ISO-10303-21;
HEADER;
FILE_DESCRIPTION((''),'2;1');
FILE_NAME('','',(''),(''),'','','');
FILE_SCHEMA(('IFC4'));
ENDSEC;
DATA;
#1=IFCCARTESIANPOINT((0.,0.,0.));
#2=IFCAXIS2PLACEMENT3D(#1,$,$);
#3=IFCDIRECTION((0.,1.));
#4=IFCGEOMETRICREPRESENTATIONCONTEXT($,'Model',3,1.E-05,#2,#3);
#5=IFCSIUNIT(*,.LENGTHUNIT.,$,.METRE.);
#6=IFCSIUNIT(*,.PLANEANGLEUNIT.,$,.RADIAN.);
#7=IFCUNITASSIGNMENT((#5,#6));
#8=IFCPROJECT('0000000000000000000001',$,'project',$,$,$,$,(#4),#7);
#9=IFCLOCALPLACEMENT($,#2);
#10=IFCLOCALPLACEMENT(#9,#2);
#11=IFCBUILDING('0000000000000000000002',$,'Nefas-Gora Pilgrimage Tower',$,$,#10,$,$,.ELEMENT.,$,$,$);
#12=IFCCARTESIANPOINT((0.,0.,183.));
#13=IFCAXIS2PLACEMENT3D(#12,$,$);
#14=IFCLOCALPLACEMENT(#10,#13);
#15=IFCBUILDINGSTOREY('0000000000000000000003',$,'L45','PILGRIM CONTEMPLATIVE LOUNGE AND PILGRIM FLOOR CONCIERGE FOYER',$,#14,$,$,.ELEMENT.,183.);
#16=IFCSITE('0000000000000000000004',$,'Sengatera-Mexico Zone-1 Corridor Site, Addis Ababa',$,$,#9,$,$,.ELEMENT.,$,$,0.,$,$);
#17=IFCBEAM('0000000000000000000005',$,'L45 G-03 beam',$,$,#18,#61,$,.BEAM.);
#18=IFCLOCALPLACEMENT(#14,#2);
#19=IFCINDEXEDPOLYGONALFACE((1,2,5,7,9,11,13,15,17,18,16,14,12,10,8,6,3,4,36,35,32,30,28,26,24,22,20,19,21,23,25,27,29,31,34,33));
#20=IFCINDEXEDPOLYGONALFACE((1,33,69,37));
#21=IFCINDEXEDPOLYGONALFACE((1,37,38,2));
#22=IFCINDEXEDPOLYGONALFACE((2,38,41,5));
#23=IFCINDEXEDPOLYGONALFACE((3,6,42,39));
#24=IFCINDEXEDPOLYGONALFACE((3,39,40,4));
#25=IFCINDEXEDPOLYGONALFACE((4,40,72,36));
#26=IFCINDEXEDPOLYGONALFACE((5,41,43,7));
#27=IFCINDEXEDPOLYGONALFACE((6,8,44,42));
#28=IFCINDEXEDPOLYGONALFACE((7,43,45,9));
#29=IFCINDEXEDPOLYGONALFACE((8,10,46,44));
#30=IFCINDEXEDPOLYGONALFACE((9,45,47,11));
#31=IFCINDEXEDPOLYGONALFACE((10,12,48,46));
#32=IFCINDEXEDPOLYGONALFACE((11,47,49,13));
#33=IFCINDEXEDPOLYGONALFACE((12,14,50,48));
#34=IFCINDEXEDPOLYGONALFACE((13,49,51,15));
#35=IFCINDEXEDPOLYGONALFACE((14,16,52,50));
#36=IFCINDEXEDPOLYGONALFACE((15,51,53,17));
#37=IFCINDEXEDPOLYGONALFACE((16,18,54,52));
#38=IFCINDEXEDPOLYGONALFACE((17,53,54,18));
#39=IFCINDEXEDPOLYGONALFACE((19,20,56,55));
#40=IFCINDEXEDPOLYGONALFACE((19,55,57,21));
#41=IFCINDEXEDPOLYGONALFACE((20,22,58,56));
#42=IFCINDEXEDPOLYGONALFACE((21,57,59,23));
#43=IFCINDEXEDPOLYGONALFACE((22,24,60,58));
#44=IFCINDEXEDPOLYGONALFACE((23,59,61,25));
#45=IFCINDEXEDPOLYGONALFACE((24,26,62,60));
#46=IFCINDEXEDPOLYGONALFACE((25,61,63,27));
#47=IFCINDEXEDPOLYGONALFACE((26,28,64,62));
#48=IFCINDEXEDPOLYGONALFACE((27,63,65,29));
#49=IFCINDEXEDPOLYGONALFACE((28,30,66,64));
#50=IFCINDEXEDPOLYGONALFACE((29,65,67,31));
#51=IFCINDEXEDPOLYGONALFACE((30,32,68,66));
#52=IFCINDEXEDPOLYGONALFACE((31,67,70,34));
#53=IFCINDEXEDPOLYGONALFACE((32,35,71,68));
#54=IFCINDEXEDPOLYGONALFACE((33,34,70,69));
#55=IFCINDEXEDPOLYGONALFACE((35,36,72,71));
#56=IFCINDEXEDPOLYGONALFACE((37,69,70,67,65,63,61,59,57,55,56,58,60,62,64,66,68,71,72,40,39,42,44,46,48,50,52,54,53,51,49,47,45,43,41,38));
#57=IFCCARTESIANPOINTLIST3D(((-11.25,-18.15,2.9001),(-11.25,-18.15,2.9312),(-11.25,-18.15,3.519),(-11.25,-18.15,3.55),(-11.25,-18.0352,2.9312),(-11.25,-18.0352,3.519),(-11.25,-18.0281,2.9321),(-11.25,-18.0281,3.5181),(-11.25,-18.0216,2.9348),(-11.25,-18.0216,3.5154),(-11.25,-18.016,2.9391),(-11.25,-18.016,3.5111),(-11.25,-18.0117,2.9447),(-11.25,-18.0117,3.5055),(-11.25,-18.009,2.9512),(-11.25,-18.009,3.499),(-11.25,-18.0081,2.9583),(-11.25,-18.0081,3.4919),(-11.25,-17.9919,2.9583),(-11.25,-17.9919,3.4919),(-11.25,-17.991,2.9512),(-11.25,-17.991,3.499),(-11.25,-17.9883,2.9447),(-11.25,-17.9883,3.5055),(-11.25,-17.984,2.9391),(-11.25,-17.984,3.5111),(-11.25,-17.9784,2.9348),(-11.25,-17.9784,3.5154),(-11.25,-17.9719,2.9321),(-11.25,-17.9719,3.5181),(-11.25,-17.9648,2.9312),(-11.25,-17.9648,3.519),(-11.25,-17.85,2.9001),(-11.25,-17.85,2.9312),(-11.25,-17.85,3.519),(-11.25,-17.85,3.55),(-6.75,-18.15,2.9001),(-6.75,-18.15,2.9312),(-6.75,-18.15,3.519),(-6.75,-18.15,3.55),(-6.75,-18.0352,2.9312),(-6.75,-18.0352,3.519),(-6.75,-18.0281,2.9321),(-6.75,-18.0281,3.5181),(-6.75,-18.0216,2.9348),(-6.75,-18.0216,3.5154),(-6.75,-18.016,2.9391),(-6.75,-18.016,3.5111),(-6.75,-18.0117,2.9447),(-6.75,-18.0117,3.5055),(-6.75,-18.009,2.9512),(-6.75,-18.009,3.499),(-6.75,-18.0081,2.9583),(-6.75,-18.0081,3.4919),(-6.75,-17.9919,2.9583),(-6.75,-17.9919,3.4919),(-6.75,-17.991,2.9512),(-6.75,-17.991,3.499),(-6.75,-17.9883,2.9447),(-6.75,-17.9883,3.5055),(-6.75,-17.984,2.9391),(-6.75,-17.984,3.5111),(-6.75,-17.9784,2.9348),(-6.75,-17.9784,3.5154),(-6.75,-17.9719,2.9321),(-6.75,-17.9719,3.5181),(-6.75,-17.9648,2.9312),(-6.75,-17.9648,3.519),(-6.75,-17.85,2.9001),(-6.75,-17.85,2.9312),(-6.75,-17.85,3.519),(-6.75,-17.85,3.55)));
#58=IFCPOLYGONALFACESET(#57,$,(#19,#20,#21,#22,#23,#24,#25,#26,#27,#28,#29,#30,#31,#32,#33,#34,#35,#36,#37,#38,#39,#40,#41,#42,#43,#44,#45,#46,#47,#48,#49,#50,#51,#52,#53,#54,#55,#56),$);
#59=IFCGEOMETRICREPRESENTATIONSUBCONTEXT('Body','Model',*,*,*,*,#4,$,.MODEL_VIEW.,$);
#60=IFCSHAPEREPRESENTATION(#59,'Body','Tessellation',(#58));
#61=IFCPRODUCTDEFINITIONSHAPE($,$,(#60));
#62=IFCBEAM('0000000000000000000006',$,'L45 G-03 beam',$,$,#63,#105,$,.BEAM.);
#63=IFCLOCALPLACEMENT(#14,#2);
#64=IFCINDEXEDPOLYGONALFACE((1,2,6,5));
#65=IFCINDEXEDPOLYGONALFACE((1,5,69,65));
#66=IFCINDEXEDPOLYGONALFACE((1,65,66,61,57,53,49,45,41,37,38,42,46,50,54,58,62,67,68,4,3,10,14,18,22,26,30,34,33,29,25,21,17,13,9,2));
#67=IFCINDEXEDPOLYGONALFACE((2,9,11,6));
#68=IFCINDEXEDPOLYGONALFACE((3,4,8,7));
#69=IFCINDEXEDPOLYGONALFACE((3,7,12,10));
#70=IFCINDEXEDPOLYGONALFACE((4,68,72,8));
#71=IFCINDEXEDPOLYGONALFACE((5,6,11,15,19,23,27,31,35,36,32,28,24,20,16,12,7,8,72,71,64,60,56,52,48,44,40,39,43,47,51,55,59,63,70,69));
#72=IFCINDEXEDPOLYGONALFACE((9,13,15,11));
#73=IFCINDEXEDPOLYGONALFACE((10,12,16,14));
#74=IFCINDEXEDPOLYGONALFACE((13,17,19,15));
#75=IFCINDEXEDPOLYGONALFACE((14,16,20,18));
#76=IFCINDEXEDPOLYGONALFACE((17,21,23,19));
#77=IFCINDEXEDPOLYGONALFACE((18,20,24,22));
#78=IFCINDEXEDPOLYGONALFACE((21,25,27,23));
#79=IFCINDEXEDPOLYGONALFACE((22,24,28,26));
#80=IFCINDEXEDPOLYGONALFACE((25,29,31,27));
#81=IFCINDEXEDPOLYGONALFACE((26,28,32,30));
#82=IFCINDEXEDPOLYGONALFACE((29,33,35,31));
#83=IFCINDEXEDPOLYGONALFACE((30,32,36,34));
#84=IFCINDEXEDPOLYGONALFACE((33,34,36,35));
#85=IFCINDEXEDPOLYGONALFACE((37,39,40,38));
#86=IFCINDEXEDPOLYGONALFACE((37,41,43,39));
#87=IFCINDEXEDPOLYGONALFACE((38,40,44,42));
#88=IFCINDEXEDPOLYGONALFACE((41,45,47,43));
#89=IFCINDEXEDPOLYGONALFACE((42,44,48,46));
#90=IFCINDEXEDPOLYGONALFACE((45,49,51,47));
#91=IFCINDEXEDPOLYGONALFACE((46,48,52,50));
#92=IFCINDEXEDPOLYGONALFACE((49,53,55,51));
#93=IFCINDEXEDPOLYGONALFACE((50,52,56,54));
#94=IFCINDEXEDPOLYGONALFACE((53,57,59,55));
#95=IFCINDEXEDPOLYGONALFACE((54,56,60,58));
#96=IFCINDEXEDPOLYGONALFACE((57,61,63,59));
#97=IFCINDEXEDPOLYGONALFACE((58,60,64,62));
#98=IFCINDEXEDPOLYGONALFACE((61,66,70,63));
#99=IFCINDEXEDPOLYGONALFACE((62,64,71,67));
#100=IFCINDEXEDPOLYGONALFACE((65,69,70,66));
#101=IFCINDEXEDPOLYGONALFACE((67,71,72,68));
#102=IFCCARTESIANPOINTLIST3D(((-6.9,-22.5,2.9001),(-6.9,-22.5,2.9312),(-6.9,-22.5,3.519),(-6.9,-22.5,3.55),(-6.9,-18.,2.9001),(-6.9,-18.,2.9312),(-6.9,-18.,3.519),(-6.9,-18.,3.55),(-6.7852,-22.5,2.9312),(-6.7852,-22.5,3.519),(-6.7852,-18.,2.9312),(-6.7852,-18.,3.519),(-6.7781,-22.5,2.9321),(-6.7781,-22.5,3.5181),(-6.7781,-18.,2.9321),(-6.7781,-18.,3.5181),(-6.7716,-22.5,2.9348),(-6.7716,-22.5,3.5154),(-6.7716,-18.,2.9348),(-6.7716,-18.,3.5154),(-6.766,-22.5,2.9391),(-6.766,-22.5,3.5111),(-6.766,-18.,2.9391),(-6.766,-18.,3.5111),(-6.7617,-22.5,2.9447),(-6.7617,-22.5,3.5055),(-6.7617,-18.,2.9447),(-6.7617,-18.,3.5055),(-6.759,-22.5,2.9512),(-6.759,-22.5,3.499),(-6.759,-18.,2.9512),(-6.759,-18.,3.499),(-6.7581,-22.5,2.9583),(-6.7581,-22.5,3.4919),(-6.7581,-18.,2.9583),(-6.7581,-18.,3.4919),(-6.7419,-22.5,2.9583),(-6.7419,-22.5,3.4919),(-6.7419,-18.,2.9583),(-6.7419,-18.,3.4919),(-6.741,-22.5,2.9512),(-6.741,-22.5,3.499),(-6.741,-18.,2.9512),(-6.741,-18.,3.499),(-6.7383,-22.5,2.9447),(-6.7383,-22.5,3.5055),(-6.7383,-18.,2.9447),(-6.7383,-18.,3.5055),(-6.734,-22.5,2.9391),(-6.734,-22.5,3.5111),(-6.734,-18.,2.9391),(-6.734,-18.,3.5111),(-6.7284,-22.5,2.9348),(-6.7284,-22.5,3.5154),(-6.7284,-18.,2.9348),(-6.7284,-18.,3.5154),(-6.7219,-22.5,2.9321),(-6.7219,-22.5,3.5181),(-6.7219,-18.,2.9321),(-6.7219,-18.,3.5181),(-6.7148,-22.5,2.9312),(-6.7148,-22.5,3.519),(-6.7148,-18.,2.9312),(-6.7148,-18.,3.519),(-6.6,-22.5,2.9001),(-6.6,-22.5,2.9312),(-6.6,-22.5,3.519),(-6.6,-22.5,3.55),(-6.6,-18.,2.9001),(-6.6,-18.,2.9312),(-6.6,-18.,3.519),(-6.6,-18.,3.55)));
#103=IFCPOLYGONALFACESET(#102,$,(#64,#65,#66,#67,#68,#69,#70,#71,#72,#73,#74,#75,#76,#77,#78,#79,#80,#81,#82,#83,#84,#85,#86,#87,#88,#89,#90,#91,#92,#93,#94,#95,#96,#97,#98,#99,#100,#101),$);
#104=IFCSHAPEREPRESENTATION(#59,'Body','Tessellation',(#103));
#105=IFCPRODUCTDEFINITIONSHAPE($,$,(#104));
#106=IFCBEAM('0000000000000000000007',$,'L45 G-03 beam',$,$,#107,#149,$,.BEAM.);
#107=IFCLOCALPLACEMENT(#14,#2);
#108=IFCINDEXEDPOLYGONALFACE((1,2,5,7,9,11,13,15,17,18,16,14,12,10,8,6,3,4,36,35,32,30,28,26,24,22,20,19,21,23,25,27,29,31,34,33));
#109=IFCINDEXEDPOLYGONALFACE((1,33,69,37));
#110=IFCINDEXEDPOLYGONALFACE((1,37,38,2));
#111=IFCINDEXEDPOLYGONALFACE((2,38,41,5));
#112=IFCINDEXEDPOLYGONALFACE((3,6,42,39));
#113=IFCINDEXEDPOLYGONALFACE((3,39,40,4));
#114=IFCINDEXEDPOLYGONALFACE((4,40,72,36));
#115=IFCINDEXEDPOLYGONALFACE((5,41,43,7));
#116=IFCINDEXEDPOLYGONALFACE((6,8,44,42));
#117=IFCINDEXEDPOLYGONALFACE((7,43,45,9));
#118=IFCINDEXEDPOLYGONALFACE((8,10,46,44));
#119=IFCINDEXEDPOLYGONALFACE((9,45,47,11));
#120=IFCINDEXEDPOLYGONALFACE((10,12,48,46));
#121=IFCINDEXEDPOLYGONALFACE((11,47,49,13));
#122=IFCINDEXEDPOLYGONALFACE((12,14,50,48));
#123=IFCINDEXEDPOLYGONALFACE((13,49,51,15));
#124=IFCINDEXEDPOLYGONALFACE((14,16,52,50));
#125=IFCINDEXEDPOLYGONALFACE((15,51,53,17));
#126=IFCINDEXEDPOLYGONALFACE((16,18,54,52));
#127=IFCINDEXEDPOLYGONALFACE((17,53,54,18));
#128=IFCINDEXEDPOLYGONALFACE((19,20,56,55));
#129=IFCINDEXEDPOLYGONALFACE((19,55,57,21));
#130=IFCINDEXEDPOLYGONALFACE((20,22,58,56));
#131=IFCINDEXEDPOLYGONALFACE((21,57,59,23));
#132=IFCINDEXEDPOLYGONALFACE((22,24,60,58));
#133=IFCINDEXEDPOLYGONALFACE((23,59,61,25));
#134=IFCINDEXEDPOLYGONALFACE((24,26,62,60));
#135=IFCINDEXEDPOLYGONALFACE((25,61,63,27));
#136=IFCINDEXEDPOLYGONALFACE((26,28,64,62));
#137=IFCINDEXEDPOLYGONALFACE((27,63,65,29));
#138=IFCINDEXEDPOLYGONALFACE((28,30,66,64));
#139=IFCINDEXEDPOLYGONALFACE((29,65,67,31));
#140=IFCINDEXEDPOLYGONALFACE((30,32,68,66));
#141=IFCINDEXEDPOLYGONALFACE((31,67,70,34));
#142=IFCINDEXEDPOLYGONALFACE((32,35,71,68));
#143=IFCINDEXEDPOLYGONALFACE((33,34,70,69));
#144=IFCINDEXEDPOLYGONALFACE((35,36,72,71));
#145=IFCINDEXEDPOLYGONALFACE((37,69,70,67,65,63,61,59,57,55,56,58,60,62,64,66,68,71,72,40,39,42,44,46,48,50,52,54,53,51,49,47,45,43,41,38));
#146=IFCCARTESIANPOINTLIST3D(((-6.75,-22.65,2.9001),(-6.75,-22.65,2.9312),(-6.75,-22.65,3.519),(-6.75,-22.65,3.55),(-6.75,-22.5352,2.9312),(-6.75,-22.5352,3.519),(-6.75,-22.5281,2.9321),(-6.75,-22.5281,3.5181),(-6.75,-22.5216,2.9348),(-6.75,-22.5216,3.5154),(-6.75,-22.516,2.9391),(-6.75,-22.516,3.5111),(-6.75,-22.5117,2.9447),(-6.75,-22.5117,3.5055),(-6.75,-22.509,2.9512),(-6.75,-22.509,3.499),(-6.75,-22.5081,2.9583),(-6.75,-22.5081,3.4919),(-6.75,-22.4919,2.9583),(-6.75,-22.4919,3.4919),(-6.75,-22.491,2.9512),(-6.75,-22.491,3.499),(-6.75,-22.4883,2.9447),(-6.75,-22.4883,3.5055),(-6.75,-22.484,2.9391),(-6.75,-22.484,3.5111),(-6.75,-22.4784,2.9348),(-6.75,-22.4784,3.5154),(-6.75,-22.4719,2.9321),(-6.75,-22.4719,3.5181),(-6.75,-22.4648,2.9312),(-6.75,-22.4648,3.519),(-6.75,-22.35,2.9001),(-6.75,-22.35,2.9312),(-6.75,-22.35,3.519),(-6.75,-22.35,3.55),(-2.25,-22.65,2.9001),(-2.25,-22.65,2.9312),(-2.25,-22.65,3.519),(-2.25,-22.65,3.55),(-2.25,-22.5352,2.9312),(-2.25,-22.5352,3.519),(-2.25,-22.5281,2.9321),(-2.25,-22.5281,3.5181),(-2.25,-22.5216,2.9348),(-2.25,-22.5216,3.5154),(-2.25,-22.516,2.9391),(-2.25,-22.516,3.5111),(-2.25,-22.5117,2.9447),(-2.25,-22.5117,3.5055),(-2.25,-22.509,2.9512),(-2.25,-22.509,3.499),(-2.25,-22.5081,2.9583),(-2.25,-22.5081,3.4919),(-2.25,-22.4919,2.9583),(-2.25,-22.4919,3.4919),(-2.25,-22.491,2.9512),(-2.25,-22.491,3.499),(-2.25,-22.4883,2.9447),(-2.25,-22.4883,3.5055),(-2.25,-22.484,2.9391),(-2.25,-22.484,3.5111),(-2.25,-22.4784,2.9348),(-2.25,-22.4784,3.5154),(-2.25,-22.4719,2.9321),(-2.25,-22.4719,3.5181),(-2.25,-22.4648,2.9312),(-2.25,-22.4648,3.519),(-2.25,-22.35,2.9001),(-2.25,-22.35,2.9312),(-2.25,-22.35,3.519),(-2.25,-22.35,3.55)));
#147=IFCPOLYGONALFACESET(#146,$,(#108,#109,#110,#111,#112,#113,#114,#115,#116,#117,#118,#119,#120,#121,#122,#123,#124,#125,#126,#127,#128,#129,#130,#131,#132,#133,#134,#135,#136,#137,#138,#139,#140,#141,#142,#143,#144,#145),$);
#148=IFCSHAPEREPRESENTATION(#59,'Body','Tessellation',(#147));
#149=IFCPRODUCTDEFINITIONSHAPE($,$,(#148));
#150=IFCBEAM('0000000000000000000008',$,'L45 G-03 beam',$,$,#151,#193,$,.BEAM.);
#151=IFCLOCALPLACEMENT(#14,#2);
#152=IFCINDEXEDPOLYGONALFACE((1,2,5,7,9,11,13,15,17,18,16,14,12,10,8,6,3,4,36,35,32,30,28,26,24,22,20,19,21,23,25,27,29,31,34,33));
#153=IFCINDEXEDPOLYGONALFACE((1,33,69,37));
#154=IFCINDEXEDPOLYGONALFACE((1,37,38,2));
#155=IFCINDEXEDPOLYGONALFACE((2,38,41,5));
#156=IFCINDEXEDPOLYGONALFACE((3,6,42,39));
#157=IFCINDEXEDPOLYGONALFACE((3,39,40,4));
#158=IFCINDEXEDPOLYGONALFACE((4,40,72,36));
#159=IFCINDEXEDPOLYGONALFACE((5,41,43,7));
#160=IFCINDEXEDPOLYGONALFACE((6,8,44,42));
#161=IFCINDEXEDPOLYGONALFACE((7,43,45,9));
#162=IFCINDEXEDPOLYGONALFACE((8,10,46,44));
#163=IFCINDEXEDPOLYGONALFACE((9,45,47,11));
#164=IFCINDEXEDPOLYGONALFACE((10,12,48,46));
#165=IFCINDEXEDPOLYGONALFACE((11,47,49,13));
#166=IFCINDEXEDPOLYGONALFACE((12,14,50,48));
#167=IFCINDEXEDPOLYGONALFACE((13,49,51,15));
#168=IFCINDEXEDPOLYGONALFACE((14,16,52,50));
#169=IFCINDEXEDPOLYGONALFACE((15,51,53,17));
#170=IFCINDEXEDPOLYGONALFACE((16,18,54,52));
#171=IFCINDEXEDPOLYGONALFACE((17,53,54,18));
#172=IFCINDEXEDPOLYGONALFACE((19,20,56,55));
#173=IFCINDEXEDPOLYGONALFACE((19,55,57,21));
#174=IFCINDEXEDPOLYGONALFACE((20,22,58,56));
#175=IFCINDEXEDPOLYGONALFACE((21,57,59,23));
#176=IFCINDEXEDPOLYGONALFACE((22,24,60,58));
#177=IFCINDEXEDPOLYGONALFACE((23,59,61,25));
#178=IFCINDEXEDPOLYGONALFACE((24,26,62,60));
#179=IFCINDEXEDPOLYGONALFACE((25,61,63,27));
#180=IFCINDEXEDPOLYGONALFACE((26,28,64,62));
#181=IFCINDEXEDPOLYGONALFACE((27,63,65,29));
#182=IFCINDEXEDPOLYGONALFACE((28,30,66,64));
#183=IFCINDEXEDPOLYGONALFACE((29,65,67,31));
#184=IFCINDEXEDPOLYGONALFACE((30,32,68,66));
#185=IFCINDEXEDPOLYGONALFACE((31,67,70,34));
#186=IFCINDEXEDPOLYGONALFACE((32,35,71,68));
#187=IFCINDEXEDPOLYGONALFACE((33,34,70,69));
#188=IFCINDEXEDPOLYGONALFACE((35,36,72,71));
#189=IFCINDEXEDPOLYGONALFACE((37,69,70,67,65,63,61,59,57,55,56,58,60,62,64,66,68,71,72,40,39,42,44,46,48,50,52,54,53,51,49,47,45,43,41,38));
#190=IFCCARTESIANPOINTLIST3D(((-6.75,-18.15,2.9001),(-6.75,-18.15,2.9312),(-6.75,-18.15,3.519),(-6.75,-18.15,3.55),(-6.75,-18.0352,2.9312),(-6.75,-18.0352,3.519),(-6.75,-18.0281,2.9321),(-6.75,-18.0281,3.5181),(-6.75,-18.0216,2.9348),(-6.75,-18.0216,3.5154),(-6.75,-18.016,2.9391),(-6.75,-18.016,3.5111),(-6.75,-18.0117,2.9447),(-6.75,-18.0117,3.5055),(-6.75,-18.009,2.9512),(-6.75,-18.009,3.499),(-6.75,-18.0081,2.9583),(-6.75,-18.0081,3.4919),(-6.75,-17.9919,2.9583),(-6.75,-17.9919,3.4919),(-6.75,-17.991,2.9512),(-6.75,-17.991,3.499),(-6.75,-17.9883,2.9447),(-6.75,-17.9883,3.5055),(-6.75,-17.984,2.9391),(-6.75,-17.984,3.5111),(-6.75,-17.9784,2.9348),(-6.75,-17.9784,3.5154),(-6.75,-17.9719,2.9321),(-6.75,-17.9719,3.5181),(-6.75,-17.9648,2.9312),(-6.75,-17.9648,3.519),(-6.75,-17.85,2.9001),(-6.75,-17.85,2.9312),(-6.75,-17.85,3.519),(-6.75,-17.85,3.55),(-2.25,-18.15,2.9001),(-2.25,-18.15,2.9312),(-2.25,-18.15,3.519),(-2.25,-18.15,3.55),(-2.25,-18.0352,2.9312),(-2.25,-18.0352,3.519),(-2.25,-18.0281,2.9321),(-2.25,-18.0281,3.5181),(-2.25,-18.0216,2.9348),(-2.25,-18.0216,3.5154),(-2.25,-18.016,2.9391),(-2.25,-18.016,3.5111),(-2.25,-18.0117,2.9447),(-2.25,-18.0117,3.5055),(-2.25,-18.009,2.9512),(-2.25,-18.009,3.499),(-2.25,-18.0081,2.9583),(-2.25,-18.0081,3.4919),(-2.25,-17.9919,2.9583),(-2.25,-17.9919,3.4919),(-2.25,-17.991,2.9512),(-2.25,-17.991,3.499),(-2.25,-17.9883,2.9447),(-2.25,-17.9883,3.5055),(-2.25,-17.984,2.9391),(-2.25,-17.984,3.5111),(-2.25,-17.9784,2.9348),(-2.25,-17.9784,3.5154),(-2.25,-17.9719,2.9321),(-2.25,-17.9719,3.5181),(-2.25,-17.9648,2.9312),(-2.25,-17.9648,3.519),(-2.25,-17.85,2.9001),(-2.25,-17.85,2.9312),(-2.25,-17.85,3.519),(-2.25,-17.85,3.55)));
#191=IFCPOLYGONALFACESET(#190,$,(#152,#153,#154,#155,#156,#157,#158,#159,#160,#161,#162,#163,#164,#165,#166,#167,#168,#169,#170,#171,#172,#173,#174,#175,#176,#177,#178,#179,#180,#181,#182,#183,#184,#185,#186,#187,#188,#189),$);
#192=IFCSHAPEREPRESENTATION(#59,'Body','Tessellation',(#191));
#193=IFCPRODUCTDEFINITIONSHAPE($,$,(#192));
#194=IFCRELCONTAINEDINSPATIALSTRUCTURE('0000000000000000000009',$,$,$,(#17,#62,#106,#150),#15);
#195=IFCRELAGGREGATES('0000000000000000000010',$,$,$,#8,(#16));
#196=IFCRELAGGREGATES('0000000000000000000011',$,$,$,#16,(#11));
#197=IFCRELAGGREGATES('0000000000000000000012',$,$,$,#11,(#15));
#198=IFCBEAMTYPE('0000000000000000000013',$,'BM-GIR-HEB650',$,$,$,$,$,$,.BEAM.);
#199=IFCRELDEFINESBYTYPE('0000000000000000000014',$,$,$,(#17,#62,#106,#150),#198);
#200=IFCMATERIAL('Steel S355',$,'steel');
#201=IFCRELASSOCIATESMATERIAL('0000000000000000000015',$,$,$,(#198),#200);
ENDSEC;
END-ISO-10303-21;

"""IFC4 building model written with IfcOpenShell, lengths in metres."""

from ifc_helpers import new_model, si_unit, direction, frame, origin, origin_2d, place, context, subcontext, project, spatial, i_section, extrude, source, transform, mapped, material, material_profile, profile_set, type_object, element, save


model = new_model("IFC4")

# Units and contexts
model_context = context("Model", 3, precision=1e-05, world=origin(), true_north=direction((0.0, 1.0)))
body_context = subcontext(model_context, "Body", "Model", "MODEL_VIEW")
ifc_project = project(units=[si_unit("LENGTHUNIT", "METRE"), si_unit("PLANEANGLEUNIT", "RADIAN")], contexts=[model_context])

# Site, building, storey
site_placement = place(None, origin())
site = spatial("IfcSite", under=ifc_project, at=site_placement, Name="Sengatera-Mexico Zone-1 Corridor Site, Addis Ababa", CompositionType="ELEMENT", RefElevation=0.0)
building_placement = place(site_placement, origin())
building = spatial("IfcBuilding", under=site, at=building_placement, Name="Nefas-Gora Pilgrimage Tower", CompositionType="ELEMENT")
storey_placement = place(building_placement, frame((0.0, 0.0, 183.0)))
storey = spatial("IfcBuildingStorey", under=building, at=storey_placement, Name="L45", Description="PILGRIM CONTEMPLATIVE LOUNGE AND PILGRIM FLOOR CONCIERGE FOYER", CompositionType="ELEMENT", Elevation=183.0)

# Beams
ifc_material_1 = material(Name="Steel S355", Category="steel")
ifc_material_profile_1 = material_profile(ifc_material_1, i_section(OverallWidth=0.3, OverallDepth=0.6499, WebThickness=0.0161, FlangeThickness=0.031, FilletRadius=0.0271, at=origin_2d()), Name="HEB 650")
ifc_profile_set_1 = profile_set([ifc_material_profile_1], Name="Steel S355")
beam_type = type_object("IfcBeamType", Name="BM-GIR-HEB650", PredefinedType="BEAM", material=ifc_profile_set_1)
shared_shape_1 = source(origin(), body_context, "Body", "SweptSolid", [
    extrude(i_section(OverallWidth=0.3, OverallDepth=0.6499, WebThickness=0.0161, FlangeThickness=0.031, FilletRadius=0.0271, at=origin_2d()), origin(), (0.0, 0.0, 1.0), 4.5),
])
for number, where, z_axis, x_axis, name in (
    (1, (-11.25, -18.0, 3.2251), (1.0, 0.0, 0.0), (0.0, 1.0, 0.0), "L45 G-03 beam"),
    (2, (-6.75, -22.5, 3.2251), (0.0, 1.0, 0.0), (-1.0, 0.0, 0.0), "L45 G-03 beam"),
    (3, (-6.75, -22.5, 3.2251), (1.0, 0.0, 0.0), (0.0, 1.0, 0.0), "L45 G-03 beam"),
    (4, (-6.75, -18.0, 3.2251), (1.0, 0.0, 0.0), (0.0, 1.0, 0.0), "L45 G-03 beam"),
):
    element("IfcBeam", number, at=place(storey_placement, frame(where, z_axis=z_axis, x_axis=x_axis)), inside=storey, type_object=beam_type, Name=name, PredefinedType="BEAM", context=body_context, shape_type="MappedRepresentation", body=[
        mapped(shared_shape_1, transform((0.0, 0.0, 0.0), x_axis=(1.0, 0.0, 0.0), y_axis=(0.0, 1.0, 0.0), z_axis=(0.0, 0.0, 1.0), scale=1.0)),
    ])

save(model, "model.ifc")
